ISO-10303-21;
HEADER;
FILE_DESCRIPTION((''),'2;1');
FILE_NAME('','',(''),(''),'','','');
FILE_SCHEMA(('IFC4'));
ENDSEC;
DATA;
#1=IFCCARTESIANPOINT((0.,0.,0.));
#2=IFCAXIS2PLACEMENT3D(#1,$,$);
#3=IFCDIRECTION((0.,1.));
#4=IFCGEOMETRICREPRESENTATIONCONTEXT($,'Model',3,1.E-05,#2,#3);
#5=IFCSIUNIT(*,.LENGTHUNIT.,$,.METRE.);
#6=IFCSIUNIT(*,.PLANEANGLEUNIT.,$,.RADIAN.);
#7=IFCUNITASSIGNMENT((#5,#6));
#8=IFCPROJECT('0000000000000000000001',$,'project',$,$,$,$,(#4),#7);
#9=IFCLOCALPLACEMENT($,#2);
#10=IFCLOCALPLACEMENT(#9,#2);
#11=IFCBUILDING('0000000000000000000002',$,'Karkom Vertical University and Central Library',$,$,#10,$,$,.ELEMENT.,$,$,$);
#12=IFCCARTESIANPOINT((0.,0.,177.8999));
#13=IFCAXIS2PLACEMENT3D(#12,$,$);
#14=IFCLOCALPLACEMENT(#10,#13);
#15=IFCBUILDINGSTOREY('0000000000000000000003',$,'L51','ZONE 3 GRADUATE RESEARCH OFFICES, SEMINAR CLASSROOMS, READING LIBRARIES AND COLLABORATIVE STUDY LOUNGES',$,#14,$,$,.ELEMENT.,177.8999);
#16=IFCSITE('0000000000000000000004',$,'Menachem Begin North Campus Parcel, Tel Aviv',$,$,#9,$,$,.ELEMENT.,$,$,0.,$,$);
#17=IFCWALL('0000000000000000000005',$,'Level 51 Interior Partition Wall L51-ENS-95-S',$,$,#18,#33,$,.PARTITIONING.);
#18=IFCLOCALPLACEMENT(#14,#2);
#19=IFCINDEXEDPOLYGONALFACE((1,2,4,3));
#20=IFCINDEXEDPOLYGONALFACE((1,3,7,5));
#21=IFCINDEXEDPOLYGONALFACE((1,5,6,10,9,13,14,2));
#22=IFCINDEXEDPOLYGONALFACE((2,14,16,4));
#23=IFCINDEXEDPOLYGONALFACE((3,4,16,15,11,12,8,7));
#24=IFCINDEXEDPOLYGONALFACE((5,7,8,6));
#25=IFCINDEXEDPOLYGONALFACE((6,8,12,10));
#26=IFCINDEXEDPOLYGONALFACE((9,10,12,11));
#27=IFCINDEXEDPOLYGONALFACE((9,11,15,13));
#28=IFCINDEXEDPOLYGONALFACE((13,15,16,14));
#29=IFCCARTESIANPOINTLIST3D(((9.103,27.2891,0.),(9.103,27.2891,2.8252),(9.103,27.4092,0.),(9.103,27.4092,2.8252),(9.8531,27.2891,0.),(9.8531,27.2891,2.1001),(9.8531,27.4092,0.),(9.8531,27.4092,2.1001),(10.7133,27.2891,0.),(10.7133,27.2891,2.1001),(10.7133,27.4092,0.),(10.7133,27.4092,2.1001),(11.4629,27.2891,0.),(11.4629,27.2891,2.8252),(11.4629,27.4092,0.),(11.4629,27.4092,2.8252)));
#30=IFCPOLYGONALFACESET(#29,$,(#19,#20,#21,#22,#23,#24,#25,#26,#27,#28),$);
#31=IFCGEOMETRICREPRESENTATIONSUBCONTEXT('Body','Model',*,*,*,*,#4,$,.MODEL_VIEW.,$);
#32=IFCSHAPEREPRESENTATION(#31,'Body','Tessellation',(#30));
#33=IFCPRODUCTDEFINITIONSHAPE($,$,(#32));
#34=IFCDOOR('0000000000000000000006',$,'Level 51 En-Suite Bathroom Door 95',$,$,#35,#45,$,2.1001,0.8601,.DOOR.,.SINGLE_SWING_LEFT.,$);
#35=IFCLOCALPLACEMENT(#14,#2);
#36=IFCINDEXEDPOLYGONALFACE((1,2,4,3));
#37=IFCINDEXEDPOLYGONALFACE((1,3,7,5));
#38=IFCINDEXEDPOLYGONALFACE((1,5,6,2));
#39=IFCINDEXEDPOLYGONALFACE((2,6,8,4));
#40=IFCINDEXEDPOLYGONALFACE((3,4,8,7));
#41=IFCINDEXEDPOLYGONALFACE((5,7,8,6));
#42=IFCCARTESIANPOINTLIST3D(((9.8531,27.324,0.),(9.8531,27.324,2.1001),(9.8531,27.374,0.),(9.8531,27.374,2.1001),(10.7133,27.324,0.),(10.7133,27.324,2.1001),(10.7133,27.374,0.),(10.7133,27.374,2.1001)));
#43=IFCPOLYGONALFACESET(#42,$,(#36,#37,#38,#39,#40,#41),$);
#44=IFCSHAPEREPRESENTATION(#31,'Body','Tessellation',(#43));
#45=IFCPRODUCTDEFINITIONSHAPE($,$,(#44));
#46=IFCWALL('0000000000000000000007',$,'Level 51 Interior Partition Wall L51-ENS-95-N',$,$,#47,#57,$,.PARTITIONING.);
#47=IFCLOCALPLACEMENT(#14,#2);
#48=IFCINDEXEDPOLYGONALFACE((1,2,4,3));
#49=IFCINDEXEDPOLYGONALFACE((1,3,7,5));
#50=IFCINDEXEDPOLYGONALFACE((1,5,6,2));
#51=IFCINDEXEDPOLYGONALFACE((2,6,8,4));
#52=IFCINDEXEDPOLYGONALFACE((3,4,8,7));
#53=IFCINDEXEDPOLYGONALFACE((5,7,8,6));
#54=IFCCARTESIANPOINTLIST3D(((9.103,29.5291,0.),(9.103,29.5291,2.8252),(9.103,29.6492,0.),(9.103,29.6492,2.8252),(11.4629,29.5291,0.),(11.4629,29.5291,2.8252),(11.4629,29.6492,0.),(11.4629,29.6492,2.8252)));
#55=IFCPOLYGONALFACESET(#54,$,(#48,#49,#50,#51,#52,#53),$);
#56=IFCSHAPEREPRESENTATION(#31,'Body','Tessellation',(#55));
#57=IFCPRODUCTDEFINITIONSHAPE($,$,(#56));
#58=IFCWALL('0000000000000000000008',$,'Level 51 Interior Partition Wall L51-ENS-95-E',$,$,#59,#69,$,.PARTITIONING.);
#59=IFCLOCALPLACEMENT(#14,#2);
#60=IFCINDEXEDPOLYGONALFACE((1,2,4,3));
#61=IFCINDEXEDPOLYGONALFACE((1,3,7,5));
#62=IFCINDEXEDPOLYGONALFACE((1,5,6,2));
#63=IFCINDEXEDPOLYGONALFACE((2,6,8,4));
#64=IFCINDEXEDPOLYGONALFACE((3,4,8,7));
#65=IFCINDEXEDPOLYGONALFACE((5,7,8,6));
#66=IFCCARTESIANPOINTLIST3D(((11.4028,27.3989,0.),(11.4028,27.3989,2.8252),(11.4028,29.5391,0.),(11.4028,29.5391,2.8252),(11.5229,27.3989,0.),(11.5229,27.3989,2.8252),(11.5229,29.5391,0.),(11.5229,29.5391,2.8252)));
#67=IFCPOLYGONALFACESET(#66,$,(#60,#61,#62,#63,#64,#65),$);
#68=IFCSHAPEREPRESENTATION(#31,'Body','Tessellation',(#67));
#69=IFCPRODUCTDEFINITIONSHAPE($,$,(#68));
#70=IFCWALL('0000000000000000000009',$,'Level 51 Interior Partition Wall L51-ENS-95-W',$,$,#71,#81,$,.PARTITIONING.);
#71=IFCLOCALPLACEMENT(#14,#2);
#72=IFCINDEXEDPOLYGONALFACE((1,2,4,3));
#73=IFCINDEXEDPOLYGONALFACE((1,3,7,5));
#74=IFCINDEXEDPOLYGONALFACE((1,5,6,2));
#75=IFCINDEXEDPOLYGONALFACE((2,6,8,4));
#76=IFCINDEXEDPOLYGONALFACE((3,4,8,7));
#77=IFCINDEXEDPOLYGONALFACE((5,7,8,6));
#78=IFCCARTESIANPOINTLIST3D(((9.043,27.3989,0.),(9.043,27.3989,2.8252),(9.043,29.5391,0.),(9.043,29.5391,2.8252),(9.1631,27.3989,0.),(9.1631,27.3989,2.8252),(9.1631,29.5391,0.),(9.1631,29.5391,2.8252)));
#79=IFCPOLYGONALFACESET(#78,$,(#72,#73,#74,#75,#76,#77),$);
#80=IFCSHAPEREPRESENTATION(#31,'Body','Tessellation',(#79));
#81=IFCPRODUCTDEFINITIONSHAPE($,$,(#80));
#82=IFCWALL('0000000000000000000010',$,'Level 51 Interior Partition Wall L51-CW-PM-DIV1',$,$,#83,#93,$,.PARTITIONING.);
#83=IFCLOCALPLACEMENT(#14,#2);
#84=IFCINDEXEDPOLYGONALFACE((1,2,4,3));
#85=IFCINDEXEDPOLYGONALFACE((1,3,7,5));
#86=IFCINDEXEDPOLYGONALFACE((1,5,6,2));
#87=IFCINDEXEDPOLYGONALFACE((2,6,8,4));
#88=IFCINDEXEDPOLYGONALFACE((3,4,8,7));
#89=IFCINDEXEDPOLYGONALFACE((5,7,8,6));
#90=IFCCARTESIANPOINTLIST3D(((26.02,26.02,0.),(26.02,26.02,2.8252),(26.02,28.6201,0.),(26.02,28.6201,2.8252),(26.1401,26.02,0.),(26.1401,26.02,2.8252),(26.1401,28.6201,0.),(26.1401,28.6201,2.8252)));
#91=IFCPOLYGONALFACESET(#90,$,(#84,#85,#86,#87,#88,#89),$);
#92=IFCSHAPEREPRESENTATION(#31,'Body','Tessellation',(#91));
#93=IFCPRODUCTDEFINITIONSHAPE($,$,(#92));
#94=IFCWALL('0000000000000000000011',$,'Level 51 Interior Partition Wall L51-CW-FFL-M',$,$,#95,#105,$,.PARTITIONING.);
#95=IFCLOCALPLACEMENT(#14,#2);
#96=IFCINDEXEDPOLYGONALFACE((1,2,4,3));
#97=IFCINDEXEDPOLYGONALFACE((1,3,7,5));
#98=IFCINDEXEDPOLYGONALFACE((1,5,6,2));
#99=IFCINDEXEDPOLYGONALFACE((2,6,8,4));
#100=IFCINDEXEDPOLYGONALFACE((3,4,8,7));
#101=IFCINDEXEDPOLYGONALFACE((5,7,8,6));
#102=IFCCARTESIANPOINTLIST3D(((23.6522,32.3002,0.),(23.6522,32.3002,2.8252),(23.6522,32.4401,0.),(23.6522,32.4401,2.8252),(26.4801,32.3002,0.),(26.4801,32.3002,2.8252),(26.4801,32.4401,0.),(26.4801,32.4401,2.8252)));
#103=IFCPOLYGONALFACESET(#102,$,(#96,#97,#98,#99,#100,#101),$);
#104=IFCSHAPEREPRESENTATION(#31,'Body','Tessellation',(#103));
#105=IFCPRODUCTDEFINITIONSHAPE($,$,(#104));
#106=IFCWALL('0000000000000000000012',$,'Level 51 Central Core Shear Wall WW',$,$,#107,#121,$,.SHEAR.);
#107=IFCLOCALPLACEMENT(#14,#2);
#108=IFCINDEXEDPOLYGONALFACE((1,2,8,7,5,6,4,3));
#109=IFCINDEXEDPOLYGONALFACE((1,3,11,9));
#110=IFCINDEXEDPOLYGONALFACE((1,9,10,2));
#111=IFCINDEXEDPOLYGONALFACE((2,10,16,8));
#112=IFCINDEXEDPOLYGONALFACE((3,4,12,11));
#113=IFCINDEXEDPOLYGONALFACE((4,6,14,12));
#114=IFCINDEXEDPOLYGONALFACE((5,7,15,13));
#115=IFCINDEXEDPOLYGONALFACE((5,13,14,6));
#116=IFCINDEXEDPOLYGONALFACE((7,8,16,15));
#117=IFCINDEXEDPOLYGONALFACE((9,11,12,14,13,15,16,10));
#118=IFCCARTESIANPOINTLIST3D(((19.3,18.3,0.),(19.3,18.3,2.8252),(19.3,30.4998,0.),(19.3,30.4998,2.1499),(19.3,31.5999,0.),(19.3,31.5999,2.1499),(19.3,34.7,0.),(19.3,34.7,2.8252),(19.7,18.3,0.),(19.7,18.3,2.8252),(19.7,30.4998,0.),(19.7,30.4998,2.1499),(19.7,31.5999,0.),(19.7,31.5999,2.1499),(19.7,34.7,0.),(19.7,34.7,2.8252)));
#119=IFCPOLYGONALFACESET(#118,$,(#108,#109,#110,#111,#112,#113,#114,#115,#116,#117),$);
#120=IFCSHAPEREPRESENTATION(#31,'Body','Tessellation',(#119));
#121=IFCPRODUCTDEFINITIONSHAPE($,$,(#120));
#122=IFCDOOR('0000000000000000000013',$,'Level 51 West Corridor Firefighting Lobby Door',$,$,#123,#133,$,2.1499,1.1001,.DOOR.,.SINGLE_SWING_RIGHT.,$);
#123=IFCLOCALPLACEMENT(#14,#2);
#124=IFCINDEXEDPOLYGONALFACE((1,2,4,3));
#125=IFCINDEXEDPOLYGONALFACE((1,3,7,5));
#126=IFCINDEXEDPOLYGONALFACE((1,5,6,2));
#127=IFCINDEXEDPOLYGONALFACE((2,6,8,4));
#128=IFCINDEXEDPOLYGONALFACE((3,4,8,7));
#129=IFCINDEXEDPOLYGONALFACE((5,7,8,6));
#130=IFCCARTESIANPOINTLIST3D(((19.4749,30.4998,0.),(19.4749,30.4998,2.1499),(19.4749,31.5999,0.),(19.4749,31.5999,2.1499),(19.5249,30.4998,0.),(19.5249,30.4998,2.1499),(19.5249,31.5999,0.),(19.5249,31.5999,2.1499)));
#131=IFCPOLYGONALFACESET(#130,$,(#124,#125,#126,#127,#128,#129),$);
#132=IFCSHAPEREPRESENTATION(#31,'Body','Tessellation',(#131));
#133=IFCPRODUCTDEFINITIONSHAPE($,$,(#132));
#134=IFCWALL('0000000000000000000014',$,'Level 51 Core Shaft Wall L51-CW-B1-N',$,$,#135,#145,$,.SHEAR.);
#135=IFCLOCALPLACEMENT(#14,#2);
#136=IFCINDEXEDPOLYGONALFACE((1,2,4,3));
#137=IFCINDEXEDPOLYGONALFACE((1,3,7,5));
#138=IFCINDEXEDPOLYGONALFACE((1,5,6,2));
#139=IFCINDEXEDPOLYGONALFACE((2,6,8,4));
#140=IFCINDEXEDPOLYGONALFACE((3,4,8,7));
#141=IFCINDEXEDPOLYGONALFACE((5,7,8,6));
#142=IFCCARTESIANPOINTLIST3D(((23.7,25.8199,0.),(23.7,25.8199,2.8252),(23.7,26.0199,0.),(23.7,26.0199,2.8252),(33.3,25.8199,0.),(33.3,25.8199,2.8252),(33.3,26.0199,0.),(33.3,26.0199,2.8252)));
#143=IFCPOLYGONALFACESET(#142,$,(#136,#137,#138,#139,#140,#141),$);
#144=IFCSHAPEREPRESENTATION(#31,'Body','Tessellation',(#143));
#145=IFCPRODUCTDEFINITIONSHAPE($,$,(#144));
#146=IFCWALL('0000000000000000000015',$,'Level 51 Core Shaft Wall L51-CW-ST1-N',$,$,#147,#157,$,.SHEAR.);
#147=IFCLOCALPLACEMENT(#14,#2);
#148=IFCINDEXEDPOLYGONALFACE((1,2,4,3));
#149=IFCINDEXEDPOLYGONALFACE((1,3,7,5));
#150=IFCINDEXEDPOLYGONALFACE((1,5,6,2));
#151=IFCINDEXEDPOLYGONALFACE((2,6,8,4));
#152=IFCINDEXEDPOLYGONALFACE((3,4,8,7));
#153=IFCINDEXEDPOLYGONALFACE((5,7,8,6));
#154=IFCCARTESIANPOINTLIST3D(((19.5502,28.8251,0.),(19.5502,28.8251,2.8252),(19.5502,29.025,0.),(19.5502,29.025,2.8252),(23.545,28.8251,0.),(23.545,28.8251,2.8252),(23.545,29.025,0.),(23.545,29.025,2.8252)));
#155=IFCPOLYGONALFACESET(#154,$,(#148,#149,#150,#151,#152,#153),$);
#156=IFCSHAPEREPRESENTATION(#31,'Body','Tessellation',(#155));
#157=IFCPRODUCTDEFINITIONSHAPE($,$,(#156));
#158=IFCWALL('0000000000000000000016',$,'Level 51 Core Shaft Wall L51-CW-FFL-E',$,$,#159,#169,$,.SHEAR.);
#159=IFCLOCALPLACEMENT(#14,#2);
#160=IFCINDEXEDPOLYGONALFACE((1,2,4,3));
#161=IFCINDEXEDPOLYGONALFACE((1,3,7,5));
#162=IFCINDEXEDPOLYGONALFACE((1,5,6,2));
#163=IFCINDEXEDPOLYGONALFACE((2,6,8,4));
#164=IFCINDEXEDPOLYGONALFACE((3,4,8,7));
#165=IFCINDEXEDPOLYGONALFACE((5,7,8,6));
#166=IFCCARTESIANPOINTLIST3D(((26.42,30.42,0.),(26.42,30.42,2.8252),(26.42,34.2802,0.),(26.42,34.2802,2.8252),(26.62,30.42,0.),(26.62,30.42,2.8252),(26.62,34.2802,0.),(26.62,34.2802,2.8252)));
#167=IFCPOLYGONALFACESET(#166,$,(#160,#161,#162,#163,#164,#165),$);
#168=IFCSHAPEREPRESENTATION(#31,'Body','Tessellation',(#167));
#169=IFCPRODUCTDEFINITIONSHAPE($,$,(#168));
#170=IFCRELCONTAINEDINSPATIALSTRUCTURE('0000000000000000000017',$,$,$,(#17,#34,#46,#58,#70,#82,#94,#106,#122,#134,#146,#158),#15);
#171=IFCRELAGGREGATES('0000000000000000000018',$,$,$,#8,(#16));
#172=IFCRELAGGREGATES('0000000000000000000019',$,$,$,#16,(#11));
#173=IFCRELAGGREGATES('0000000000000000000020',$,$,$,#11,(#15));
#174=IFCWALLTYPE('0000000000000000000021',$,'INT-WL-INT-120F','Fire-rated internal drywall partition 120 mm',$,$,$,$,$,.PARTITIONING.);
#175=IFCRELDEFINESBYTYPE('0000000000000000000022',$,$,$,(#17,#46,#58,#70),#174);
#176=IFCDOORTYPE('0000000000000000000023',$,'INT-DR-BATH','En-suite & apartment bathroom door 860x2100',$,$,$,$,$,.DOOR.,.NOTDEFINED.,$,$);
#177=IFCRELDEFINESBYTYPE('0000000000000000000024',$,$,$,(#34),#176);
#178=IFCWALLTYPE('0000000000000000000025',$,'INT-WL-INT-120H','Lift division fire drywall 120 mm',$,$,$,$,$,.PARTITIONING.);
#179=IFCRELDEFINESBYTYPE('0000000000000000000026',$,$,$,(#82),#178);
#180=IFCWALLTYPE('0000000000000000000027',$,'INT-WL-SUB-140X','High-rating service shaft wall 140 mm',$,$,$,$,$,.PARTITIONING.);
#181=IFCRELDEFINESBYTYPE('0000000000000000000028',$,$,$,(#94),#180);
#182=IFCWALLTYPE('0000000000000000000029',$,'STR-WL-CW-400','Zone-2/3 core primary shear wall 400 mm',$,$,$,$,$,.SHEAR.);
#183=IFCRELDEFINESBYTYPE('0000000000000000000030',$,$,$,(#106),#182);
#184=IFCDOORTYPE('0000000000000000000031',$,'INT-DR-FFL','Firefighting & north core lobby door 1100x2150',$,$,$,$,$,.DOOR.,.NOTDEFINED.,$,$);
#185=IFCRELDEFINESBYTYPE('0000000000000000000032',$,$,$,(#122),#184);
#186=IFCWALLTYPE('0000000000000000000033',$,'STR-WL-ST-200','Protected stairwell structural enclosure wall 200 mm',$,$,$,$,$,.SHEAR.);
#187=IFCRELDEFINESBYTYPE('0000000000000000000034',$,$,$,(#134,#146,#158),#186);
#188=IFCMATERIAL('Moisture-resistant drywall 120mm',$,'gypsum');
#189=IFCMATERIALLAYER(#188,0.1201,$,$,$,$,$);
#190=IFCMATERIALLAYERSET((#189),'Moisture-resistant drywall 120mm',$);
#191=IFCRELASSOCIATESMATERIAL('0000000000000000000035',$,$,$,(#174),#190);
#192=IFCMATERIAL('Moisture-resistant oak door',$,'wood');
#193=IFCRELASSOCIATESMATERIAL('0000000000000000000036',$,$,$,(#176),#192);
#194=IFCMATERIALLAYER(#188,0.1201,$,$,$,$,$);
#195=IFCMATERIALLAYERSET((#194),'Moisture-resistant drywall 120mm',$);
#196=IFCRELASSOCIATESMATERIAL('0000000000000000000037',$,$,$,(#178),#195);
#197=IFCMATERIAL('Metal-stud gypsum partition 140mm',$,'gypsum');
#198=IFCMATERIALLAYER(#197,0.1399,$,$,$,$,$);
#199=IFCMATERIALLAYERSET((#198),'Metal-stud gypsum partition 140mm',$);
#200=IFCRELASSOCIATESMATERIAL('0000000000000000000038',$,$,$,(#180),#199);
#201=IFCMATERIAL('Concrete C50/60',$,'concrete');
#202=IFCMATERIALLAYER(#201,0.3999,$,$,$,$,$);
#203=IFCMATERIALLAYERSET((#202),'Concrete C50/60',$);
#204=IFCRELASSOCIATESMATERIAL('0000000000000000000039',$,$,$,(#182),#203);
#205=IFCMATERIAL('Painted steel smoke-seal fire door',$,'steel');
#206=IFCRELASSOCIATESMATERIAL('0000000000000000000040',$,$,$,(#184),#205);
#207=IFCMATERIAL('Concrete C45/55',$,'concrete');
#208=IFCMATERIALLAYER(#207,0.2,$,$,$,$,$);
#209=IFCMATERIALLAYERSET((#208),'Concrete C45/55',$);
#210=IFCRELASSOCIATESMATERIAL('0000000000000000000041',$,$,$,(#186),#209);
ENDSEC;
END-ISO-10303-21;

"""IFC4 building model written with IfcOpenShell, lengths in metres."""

from ifc_helpers import new_model, si_unit, direction, frame, frame_2d, origin, origin_with_axes, place, context, subcontext, project, spatial, rectangle, extrude, source, transform, mapped, material, layer, layer_set, type_object, element, fill, save


model = new_model("IFC4")

# Units and contexts
model_context = context("Model", 3, precision=1e-05, world=origin(), true_north=direction((0.0, 1.0)))
body_context = subcontext(model_context, "Body", "Model", "MODEL_VIEW")
ifc_project = project(units=[si_unit("LENGTHUNIT", "METRE"), si_unit("PLANEANGLEUNIT", "RADIAN")], contexts=[model_context])

# Site, building, storey
site_placement = place(None, origin())
site = spatial("IfcSite", under=ifc_project, at=site_placement, Name="Menachem Begin North Campus Parcel, Tel Aviv", CompositionType="ELEMENT", RefElevation=0.0)
building_placement = place(site_placement, origin())
building = spatial("IfcBuilding", under=site, at=building_placement, Name="Karkom Vertical University and Central Library", CompositionType="ELEMENT")
storey_placement = place(building_placement, frame((0.0, 0.0, 177.8999)))
storey = spatial("IfcBuildingStorey", under=building, at=storey_placement, Name="L51", Description="ZONE 3 GRADUATE RESEARCH OFFICES, SEMINAR CLASSROOMS, READING LIBRARIES AND COLLABORATIVE STUDY LOUNGES", CompositionType="ELEMENT", Elevation=177.8999)

# Shared definitions
ifc_material_1 = material(Name="Concrete C50/60", Category="concrete")

# Wall, opening, door
ifc_material_2 = material(Name="Moisture-resistant drywall 120mm", Category="gypsum")
ifc_layer_1 = layer(ifc_material_2, 0.1201)
ifc_layer_set_1 = layer_set([ifc_layer_1], Name="Moisture-resistant drywall 120mm")
wall_type_1 = type_object("IfcWallType", Name="INT-WL-INT-120F", Description="Fire-rated internal drywall partition 120 mm", PredefinedType="PARTITIONING", material=ifc_layer_set_1)
wall_1_placement = place(storey_placement, frame((9.103, 27.3491, 0.0), z_axis=(0.0, 0.0, 1.0), x_axis=(1.0, 0.0, 0.0)))
wall_1 = element("IfcWall", 1, at=wall_1_placement, inside=storey, type_object=wall_type_1, Name="Level 51 Interior Partition Wall L51-ENS-95-S", PredefinedType="PARTITIONING", context=body_context, shape_type="SweptSolid", body=[
    extrude(rectangle(XDim=2.3599, YDim=0.1201, at=frame_2d((1.1799, 0.0))), origin(), (0.0, 0.0, 1.0), 2.8252),
])
opening_1_placement = place(wall_1_placement, frame((0.75, 0.0, 0.0)))
opening_1 = element("IfcOpeningElement", 2, at=opening_1_placement, cuts=wall_1, PredefinedType="OPENING", context=body_context, shape_type="SweptSolid", body=[
    extrude(rectangle(XDim=0.8601, YDim=2.1001, at=frame_2d((0.4302, 1.05))), frame((0.0, 0.0701, 0.0), z_axis=(0.0, -1.0, 0.0), x_axis=(1.0, 0.0, 0.0)), (0.0, 0.0, 1.0), 0.1401),
])
ifc_material_3 = material(Name="Moisture-resistant oak door", Category="wood")
door_type_1 = type_object("IfcDoorType", Name="INT-DR-BATH", Description="En-suite & apartment bathroom door 860x2100", OperationType="NOTDEFINED", PredefinedType="DOOR", material=ifc_material_3)
shared_shape_1 = source(origin_with_axes(), body_context, "Body", "SweptSolid", [
    extrude(rectangle(XDim=0.8601, YDim=2.1001, at=frame_2d((0.4302, 1.05))), frame((0.0, 0.0249, 0.0), z_axis=(0.0, -1.0, 0.0), x_axis=(1.0, 0.0, 0.0)), (0.0, 0.0, 1.0), 0.05),
])
door_1_placement = place(opening_1_placement, origin())
door_1 = element("IfcDoor", 3, at=door_1_placement, inside=storey, type_object=door_type_1, Name="Level 51 En-Suite Bathroom Door 95", OperationType="SINGLE_SWING_LEFT", OverallHeight=2.1001, OverallWidth=0.8601, PredefinedType="DOOR", context=body_context, shape_type="MappedRepresentation", body=[
    mapped(shared_shape_1, transform((0.0, 0.0, 0.0), scale=1.0)),
])
fill(opening_1, door_1)

# Walls
wall_2_placement = place(storey_placement, frame((11.4629, 29.5891, 0.0), z_axis=(0.0, 0.0, 1.0), x_axis=(-1.0, 0.0, 0.0)))
element("IfcWall", 4, at=wall_2_placement, inside=storey, type_object=wall_type_1, Name="Level 51 Interior Partition Wall L51-ENS-95-N", PredefinedType="PARTITIONING", context=body_context, shape_type="SweptSolid", body=[
    extrude(rectangle(XDim=2.3599, YDim=0.1201, at=frame_2d((1.1799, 0.0))), origin(), (0.0, 0.0, 1.0), 2.8252),
])
for number, where, z_axis, x_axis, name in (
    (5, (11.4629, 27.3989, 0.0), (0.0, 0.0, 1.0), (0.0, 1.0, 0.0), "Level 51 Interior Partition Wall L51-ENS-95-E"),
    (6, (9.103, 29.5391, 0.0), (0.0, 0.0, 1.0), (0.0, -1.0, 0.0), "Level 51 Interior Partition Wall L51-ENS-95-W"),
):
    element("IfcWall", number, at=place(storey_placement, frame(where, z_axis=z_axis, x_axis=x_axis)), inside=storey, type_object=wall_type_1, Name=name, PredefinedType="PARTITIONING", context=body_context, shape_type="SweptSolid", body=[
        extrude(rectangle(XDim=2.1401, YDim=0.1201, at=frame_2d((1.0701, 0.0))), origin(), (0.0, 0.0, 1.0), 2.8252),
    ])
ifc_layer_2 = layer(ifc_material_2, 0.1201)
ifc_layer_set_2 = layer_set([ifc_layer_2], Name="Moisture-resistant drywall 120mm")
wall_type_2 = type_object("IfcWallType", Name="INT-WL-INT-120H", Description="Lift division fire drywall 120 mm", PredefinedType="PARTITIONING", material=ifc_layer_set_2)
wall_3_placement = place(storey_placement, frame((26.0801, 26.02, 0.0), z_axis=(0.0, 0.0, 1.0), x_axis=(0.0, 1.0, 0.0)))
element("IfcWall", 7, at=wall_3_placement, inside=storey, type_object=wall_type_2, Name="Level 51 Interior Partition Wall L51-CW-PM-DIV1", PredefinedType="PARTITIONING", context=body_context, shape_type="SweptSolid", body=[
    extrude(rectangle(XDim=2.6001, YDim=0.1201, at=frame_2d((1.3, 0.0))), origin(), (0.0, 0.0, 1.0), 2.8252),
])
ifc_material_4 = material(Name="Metal-stud gypsum partition 140mm", Category="gypsum")
ifc_layer_3 = layer(ifc_material_4, 0.1399)
ifc_layer_set_3 = layer_set([ifc_layer_3], Name="Metal-stud gypsum partition 140mm")
wall_type_3 = type_object("IfcWallType", Name="INT-WL-SUB-140X", Description="High-rating service shaft wall 140 mm", PredefinedType="PARTITIONING", material=ifc_layer_set_3)
wall_4_placement = place(storey_placement, frame((23.6521, 32.3701, 0.0), z_axis=(0.0, 0.0, 1.0), x_axis=(1.0, 0.0, 0.0)))
element("IfcWall", 8, at=wall_4_placement, inside=storey, type_object=wall_type_3, Name="Level 51 Interior Partition Wall L51-CW-FFL-M", PredefinedType="PARTITIONING", context=body_context, shape_type="SweptSolid", body=[
    extrude(rectangle(XDim=2.8279, YDim=0.1399, at=frame_2d((1.4141, 0.0))), origin(), (0.0, 0.0, 1.0), 2.8252),
])

# Wall, opening, door
ifc_layer_4 = layer(ifc_material_1, 0.3999)
ifc_layer_set_4 = layer_set([ifc_layer_4], Name="Concrete C50/60")
wall_type_4 = type_object("IfcWallType", Name="STR-WL-CW-400", Description="Zone-2/3 core primary shear wall 400 mm", PredefinedType="SHEAR", material=ifc_layer_set_4)
wall_5_placement = place(storey_placement, frame((19.5, 34.7, 0.0), z_axis=(0.0, 0.0, 1.0), x_axis=(0.0, -1.0, 0.0)))
wall_5 = element("IfcWall", 9, at=wall_5_placement, inside=storey, type_object=wall_type_4, Name="Level 51 Central Core Shear Wall WW", PredefinedType="SHEAR", context=body_context, shape_type="SweptSolid", body=[
    extrude(rectangle(XDim=16.3999, YDim=0.3999, at=frame_2d((8.2, 0.0))), origin(), (0.0, 0.0, 1.0), 2.8252),
])
opening_2_placement = place(wall_5_placement, frame((3.1001, 0.0, 0.0)))
opening_2 = element("IfcOpeningElement", 10, at=opening_2_placement, cuts=wall_5, PredefinedType="OPENING", context=body_context, shape_type="SweptSolid", body=[
    extrude(rectangle(XDim=1.1001, YDim=2.1499, at=frame_2d((0.55, 1.075))), frame((0.0, 0.21, 0.0), z_axis=(0.0, -1.0, 0.0), x_axis=(1.0, 0.0, 0.0)), (0.0, 0.0, 1.0), 0.4199),
])
ifc_material_5 = material(Name="Painted steel smoke-seal fire door", Category="steel")
door_type_2 = type_object("IfcDoorType", Name="INT-DR-FFL", Description="Firefighting & north core lobby door 1100x2150", OperationType="NOTDEFINED", PredefinedType="DOOR", material=ifc_material_5)
shared_shape_2 = source(origin_with_axes(), body_context, "Body", "SweptSolid", [
    extrude(rectangle(XDim=1.1001, YDim=2.1499, at=frame_2d((0.55, 1.075))), frame((0.0, 0.0249, 0.0), z_axis=(0.0, -1.0, 0.0), x_axis=(1.0, 0.0, 0.0)), (0.0, 0.0, 1.0), 0.05),
])
door_2_placement = place(opening_2_placement, origin())
door_2 = element("IfcDoor", 11, at=door_2_placement, inside=storey, type_object=door_type_2, Name="Level 51 West Corridor Firefighting Lobby Door", OperationType="SINGLE_SWING_RIGHT", OverallHeight=2.1499, OverallWidth=1.1001, PredefinedType="DOOR", context=body_context, shape_type="MappedRepresentation", body=[
    mapped(shared_shape_2, transform((0.0, 0.0, 0.0), scale=1.0)),
])
fill(opening_2, door_2)

# Wall
ifc_material_6 = material(Name="Concrete C45/55", Category="concrete")
ifc_layer_5 = layer(ifc_material_6, 0.2)
ifc_layer_set_5 = layer_set([ifc_layer_5], Name="Concrete C45/55")
wall_type_5 = type_object("IfcWallType", Name="STR-WL-ST-200", Description="Protected stairwell structural enclosure wall 200 mm", PredefinedType="SHEAR", material=ifc_layer_set_5)
wall_6_placement = place(storey_placement, frame((23.7, 25.9199, 0.0), z_axis=(0.0, 0.0, 1.0), x_axis=(1.0, 0.0, 0.0)))
element("IfcWall", 12, at=wall_6_placement, inside=storey, type_object=wall_type_5, Name="Level 51 Core Shaft Wall L51-CW-B1-N", PredefinedType="SHEAR", context=body_context, shape_type="SweptSolid", body=[
    extrude(rectangle(XDim=9.6001, YDim=0.2, at=frame_2d((4.8, 0.0))), origin(), (0.0, 0.0, 1.0), 2.8252),
])

# Walls
wall_7_placement = place(storey_placement, frame((19.55, 28.925, 0.0), z_axis=(0.0, 0.0, 1.0), x_axis=(1.0, 0.0, 0.0)))
element("IfcWall", 13, at=wall_7_placement, inside=storey, type_object=wall_type_5, Name="Level 51 Core Shaft Wall L51-CW-ST1-N", PredefinedType="SHEAR", context=body_context, shape_type="SweptSolid", body=[
    extrude(rectangle(XDim=3.9949, YDim=0.2, at=frame_2d((1.9976, 0.0))), origin(), (0.0, 0.0, 1.0), 2.8252),
])
wall_8_placement = place(storey_placement, frame((26.52, 30.4199, 0.0), z_axis=(0.0, 0.0, 1.0), x_axis=(0.0, 1.0, 0.0)))
element("IfcWall", 14, at=wall_8_placement, inside=storey, type_object=wall_type_5, Name="Level 51 Core Shaft Wall L51-CW-FFL-E", PredefinedType="SHEAR", context=body_context, shape_type="SweptSolid", body=[
    extrude(rectangle(XDim=3.8601, YDim=0.2, at=frame_2d((1.9302, 0.0))), origin(), (0.0, 0.0, 1.0), 2.8252),
])

save(model, "model.ifc")
